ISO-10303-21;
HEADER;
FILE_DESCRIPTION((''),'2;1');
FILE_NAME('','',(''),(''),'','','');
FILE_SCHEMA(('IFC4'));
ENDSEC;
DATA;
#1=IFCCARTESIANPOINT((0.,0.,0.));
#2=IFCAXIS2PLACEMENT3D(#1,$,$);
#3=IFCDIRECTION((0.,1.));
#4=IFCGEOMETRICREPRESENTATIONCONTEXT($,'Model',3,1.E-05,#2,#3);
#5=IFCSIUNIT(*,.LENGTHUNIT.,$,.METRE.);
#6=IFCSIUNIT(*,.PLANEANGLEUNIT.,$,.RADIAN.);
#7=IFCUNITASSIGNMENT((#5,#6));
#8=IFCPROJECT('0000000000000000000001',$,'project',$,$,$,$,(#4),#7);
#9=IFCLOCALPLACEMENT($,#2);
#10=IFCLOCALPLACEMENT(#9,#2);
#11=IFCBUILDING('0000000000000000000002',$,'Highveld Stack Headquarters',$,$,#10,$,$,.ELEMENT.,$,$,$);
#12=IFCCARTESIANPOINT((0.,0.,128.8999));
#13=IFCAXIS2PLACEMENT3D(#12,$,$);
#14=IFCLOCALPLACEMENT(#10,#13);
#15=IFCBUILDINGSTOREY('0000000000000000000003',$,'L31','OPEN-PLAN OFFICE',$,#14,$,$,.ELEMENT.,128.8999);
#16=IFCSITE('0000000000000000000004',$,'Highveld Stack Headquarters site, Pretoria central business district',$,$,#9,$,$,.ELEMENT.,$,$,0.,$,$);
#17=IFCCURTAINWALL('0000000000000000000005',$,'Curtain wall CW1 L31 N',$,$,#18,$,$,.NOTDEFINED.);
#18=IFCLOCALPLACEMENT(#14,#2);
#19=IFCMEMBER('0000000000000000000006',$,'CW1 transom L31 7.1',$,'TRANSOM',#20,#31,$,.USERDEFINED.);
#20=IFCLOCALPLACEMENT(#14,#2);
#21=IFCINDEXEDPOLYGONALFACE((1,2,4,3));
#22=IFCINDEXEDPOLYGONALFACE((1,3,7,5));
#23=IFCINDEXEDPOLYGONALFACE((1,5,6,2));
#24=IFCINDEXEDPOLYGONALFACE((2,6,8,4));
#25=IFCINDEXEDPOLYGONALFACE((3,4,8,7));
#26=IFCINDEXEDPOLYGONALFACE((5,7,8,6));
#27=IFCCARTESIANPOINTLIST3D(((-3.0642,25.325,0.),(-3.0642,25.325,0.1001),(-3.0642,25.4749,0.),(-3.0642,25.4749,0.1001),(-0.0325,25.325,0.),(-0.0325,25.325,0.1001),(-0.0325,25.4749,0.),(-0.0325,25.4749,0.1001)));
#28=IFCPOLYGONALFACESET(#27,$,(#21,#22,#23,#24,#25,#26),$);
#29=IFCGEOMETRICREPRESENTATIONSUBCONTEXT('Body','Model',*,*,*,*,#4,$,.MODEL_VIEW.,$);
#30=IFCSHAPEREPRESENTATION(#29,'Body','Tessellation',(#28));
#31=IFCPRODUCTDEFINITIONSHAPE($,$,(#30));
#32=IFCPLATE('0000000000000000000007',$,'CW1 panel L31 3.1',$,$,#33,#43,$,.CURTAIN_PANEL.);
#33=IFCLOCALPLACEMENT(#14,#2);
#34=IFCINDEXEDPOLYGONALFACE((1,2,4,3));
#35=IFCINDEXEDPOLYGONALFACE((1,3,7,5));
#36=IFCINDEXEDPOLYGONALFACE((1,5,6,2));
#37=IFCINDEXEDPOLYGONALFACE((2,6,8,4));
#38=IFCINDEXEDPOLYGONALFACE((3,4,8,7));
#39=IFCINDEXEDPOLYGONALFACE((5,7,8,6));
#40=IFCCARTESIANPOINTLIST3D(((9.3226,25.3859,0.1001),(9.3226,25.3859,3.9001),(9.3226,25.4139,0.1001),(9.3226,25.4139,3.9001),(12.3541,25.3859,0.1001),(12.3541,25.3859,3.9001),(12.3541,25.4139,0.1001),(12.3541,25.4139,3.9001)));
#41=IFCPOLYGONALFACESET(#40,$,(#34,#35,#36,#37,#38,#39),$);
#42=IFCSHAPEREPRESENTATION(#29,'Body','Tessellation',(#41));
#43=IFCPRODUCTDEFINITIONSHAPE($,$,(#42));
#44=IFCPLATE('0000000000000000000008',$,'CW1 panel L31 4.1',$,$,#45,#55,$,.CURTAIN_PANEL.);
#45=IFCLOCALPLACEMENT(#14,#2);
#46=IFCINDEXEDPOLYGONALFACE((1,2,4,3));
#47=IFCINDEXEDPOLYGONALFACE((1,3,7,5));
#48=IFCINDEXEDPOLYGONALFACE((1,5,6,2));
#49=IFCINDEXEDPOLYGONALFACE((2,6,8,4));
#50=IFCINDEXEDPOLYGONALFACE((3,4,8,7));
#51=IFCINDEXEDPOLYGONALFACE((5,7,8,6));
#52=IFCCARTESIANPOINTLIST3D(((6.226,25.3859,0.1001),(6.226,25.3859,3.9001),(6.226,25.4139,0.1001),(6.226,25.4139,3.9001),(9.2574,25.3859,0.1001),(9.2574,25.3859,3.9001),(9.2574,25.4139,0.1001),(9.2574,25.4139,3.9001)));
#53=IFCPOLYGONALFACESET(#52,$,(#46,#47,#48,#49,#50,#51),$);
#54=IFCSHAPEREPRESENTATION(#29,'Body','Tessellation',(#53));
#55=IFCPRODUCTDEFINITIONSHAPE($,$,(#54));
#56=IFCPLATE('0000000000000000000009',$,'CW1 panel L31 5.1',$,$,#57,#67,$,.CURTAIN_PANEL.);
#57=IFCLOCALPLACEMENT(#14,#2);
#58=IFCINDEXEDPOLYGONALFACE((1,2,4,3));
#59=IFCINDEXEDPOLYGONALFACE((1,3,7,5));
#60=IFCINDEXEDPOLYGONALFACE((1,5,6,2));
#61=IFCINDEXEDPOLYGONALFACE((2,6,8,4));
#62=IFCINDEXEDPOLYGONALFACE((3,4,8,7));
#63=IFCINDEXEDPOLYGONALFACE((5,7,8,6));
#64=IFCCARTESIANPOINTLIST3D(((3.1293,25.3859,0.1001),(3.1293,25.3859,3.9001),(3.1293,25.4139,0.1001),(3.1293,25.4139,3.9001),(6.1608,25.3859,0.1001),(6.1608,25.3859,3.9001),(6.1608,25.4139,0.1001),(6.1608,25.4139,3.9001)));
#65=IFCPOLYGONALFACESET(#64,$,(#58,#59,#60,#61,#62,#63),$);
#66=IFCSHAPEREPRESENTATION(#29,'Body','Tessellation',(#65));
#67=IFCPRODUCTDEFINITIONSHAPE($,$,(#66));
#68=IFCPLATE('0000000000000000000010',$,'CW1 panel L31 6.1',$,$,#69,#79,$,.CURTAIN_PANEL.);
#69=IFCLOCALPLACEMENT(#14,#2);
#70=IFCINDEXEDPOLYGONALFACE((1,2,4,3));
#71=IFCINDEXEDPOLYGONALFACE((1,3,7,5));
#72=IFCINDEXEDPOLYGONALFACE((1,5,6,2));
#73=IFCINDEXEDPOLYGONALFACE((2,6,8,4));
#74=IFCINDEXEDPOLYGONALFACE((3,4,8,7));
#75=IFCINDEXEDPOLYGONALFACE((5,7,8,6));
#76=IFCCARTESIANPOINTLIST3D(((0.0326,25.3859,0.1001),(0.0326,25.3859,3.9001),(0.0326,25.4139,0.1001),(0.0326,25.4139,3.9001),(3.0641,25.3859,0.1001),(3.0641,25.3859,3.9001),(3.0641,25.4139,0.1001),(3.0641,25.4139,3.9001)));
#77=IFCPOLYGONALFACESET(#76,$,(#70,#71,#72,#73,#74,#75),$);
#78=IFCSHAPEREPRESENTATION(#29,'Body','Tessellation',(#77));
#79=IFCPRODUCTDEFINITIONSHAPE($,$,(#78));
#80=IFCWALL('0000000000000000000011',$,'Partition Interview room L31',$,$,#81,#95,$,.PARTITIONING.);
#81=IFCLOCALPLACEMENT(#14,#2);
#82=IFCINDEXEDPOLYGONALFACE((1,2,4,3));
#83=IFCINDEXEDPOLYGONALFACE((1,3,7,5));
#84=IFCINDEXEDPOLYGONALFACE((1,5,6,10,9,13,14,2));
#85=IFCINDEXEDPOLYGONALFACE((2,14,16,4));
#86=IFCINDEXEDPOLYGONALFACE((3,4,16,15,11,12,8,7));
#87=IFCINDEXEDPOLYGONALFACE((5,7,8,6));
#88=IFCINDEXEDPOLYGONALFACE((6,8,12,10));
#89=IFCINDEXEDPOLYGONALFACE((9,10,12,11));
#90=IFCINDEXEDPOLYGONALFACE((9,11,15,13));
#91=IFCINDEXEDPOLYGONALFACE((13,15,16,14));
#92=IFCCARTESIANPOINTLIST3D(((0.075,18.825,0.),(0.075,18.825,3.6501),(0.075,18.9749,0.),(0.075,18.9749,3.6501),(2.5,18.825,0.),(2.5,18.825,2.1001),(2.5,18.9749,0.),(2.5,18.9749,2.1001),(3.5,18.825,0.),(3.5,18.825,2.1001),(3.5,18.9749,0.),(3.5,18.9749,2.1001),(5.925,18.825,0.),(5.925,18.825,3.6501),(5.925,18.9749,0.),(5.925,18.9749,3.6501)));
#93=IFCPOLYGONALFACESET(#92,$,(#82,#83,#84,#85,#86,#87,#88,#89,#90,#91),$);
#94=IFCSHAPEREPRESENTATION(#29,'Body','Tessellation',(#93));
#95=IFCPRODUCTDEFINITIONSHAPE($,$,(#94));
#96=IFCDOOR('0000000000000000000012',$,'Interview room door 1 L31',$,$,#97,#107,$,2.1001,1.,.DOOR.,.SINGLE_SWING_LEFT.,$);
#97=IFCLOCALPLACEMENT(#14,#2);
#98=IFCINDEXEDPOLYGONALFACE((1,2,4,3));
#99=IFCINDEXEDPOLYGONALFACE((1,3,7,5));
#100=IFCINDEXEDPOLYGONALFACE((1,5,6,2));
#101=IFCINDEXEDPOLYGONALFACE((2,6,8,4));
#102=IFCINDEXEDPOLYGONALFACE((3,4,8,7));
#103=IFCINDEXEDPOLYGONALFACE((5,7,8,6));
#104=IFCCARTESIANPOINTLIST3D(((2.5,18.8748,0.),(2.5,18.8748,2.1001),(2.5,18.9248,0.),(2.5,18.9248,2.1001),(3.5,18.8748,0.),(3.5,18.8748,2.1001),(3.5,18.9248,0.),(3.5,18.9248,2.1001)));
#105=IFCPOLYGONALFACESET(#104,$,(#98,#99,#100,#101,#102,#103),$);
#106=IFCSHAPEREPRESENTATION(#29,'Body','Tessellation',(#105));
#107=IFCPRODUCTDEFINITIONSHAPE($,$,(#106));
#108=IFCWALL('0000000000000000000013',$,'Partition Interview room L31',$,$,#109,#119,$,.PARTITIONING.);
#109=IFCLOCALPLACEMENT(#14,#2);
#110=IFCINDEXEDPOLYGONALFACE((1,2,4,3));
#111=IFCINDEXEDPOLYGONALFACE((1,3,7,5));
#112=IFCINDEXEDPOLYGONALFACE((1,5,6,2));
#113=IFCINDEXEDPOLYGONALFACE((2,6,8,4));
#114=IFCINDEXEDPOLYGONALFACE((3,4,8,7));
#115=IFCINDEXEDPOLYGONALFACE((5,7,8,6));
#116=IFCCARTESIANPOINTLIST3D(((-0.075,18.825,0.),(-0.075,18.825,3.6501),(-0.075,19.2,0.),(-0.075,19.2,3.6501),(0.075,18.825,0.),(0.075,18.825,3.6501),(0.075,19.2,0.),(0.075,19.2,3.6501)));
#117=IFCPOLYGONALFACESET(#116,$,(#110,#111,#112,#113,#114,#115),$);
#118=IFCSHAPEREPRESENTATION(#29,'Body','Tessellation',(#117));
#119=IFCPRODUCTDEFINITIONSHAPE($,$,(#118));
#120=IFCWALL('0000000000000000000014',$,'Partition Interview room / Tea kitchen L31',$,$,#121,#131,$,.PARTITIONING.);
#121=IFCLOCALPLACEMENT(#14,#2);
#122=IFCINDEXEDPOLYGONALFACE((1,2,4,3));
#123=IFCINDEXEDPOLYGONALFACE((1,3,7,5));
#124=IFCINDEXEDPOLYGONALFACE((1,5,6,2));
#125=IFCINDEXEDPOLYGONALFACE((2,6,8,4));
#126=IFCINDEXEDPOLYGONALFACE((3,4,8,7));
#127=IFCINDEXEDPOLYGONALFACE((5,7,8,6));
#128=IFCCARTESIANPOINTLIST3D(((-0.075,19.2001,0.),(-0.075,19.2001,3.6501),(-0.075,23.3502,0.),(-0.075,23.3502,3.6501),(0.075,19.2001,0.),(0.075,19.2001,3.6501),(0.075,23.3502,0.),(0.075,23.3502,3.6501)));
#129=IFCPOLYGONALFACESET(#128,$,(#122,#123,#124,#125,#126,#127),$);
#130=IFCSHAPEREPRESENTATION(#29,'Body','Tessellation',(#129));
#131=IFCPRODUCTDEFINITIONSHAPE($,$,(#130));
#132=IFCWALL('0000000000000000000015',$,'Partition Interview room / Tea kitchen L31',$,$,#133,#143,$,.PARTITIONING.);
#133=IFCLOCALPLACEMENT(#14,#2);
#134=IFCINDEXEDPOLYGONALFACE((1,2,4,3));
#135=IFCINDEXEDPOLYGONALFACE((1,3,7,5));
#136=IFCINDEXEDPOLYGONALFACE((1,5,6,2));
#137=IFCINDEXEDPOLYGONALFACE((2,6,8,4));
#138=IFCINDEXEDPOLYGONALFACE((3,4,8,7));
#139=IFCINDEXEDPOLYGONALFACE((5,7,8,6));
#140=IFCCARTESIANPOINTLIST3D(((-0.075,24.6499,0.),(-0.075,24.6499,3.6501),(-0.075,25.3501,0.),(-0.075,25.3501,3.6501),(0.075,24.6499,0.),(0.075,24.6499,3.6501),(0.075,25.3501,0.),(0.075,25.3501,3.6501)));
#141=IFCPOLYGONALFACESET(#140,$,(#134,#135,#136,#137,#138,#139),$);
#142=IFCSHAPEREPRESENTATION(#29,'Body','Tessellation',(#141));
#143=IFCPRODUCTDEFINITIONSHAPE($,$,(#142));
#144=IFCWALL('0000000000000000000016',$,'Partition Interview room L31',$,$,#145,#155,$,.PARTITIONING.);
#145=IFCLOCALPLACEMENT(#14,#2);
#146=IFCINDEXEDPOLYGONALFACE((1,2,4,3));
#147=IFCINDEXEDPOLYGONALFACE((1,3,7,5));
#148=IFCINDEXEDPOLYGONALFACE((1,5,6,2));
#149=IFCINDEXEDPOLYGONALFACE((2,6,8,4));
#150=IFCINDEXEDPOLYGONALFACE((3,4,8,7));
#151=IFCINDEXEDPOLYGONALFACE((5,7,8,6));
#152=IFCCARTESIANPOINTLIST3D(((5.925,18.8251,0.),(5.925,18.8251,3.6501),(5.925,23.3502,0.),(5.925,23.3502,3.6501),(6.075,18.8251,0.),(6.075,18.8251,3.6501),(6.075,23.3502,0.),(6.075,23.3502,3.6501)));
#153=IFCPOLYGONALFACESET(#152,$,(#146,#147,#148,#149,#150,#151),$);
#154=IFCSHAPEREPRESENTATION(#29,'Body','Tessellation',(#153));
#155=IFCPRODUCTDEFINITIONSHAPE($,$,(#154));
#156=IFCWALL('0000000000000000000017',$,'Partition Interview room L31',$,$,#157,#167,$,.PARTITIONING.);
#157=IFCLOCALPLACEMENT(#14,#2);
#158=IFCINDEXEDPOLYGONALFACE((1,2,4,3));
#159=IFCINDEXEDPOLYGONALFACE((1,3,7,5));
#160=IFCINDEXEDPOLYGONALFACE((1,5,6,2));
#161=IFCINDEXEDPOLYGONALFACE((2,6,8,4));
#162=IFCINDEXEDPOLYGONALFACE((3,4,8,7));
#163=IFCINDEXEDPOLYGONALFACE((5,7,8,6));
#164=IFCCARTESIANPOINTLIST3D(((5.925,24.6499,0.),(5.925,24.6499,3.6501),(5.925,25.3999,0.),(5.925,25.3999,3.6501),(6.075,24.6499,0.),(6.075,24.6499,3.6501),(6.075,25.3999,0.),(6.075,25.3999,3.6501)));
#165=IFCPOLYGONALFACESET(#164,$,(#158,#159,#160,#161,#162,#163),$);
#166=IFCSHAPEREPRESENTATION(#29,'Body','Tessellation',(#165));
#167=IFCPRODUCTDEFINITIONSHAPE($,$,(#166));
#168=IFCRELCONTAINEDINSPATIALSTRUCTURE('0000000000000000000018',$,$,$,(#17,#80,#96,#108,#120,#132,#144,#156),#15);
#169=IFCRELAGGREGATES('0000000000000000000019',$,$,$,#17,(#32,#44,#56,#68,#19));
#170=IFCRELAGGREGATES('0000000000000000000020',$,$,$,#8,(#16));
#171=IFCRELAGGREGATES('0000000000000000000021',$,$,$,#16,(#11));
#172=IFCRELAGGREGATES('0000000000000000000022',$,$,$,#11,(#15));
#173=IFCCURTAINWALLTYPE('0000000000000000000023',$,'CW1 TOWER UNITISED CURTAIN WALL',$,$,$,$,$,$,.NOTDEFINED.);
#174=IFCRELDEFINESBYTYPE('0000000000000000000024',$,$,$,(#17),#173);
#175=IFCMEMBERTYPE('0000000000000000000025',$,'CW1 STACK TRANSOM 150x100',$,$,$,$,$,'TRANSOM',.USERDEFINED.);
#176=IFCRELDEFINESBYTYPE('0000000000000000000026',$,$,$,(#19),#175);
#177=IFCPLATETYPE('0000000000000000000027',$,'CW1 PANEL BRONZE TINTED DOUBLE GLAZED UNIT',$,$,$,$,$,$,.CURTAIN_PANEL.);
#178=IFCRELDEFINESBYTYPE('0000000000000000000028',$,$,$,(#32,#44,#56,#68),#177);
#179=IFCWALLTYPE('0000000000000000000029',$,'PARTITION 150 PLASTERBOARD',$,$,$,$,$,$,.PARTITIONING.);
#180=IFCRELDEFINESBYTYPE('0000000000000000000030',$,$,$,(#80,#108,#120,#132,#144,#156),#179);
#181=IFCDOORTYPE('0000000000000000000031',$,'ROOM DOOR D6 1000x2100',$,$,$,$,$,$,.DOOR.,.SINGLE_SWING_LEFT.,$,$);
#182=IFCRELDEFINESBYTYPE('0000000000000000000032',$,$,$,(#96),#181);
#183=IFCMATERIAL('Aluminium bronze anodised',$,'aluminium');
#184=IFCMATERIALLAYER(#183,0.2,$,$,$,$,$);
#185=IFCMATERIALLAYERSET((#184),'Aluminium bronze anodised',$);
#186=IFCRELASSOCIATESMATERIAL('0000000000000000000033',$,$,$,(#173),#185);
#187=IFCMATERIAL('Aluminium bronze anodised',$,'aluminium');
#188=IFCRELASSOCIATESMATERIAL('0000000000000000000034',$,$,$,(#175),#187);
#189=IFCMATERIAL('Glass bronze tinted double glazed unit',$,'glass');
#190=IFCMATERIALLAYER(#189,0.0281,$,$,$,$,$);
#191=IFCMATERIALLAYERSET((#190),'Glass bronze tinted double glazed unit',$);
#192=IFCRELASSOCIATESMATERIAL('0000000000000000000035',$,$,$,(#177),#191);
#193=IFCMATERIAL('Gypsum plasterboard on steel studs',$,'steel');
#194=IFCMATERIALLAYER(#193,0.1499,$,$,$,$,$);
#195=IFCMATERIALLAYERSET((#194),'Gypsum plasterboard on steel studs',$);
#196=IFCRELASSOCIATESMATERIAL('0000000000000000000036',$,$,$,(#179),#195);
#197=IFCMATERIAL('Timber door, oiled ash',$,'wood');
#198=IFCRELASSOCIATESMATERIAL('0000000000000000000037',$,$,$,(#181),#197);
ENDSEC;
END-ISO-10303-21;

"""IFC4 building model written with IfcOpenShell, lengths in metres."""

from ifc_helpers import new_model, si_unit, direction, frame, frame_2d, origin, origin_2d, place, context, subcontext, project, spatial, rectangle, extrude, material, layer, layer_set, material_profile, profile_set, type_object, element, fill, aggregate, save


model = new_model("IFC4")

# Units and contexts
model_context = context("Model", 3, precision=1e-05, world=origin(), true_north=direction((0.0, 1.0)))
body_context = subcontext(model_context, "Body", "Model", "MODEL_VIEW")
ifc_project = project(units=[si_unit("LENGTHUNIT", "METRE"), si_unit("PLANEANGLEUNIT", "RADIAN")], contexts=[model_context])

# Site, building, storey
site_placement = place(None, origin())
site = spatial("IfcSite", under=ifc_project, at=site_placement, Name="Highveld Stack Headquarters site, Pretoria central business district", CompositionType="ELEMENT", RefElevation=0.0)
building_placement = place(site_placement, origin())
building = spatial("IfcBuilding", under=site, at=building_placement, Name="Highveld Stack Headquarters", CompositionType="ELEMENT")
storey_placement = place(building_placement, frame((0.0, 0.0, 128.8999)))
storey = spatial("IfcBuildingStorey", under=building, at=storey_placement, Name="L31", Description="OPEN-PLAN OFFICE", CompositionType="ELEMENT", Elevation=128.8999)

# Curtain wall, member, plates
ifc_material_1 = material(Name="Aluminium bronze anodised", Category="aluminium")
ifc_layer_1 = layer(ifc_material_1, 0.2)
ifc_layer_set_1 = layer_set([ifc_layer_1], Name="Aluminium bronze anodised")
curtain_wall_type = type_object("IfcCurtainWallType", Name="CW1 TOWER UNITISED CURTAIN WALL", PredefinedType="NOTDEFINED", material=ifc_layer_set_1)
curtain_wall_placement = place(storey_placement, origin())
curtain_wall = element("IfcCurtainWall", 1, at=curtain_wall_placement, inside=storey, type_object=curtain_wall_type, Name="Curtain wall CW1 L31 N", PredefinedType="NOTDEFINED")
ifc_material_2 = material(Name="Aluminium bronze anodised", Category="aluminium")
ifc_material_profile_1 = material_profile(ifc_material_2, rectangle(XDim=0.1499, YDim=0.1001, at=origin_2d()), Name="CW1 TRANSOM 150x100")
ifc_profile_set_1 = profile_set([ifc_material_profile_1], Name="Aluminium bronze anodised")
member_type_1 = type_object("IfcMemberType", Name="CW1 STACK TRANSOM 150x100", ElementType="TRANSOM", PredefinedType="USERDEFINED", material=ifc_profile_set_1)
member_1_placement = place(storey_placement, frame((-0.0325, 25.3999, 0.05), z_axis=(-1.0, 0.0, 0.0), x_axis=(0.0, -1.0, 0.0)))
member_1 = element("IfcMember", 2, at=member_1_placement, type_object=member_type_1, Name="CW1 transom L31 7.1", ObjectType="TRANSOM", PredefinedType="USERDEFINED", context=body_context, shape_type="SweptSolid", body=[
    extrude(rectangle(XDim=0.1499, YDim=0.1001, at=origin_2d()), origin(), (0.0, 0.0, 1.0), 3.0317),
])
ifc_material_3 = material(Name="Glass bronze tinted double glazed unit", Category="glass")
ifc_layer_2 = layer(ifc_material_3, 0.0281)
ifc_layer_set_2 = layer_set([ifc_layer_2], Name="Glass bronze tinted double glazed unit")
plate_type = type_object("IfcPlateType", Name="CW1 PANEL BRONZE TINTED DOUBLE GLAZED UNIT", PredefinedType="CURTAIN_PANEL", material=ifc_layer_set_2)
plate_1_placement = place(storey_placement, frame((10.8384, 25.3999, 0.1001), z_axis=(0.0, 0.0, 1.0), x_axis=(-1.0, 0.0, 0.0)))
plate_1 = element("IfcPlate", 3, at=plate_1_placement, type_object=plate_type, Name="CW1 panel L31 3.1", PredefinedType="CURTAIN_PANEL", context=body_context, shape_type="SweptSolid", body=[
    extrude(rectangle(XDim=3.0315, YDim=0.0281, at=origin_2d()), origin(), (0.0, 0.0, 1.0), 3.8),
])
plate_2_placement = place(storey_placement, frame((7.7417, 25.3999, 0.1001), z_axis=(0.0, 0.0, 1.0), x_axis=(-1.0, 0.0, 0.0)))
plate_2 = element("IfcPlate", 4, at=plate_2_placement, type_object=plate_type, Name="CW1 panel L31 4.1", PredefinedType="CURTAIN_PANEL", context=body_context, shape_type="SweptSolid", body=[
    extrude(rectangle(XDim=3.0315, YDim=0.0281, at=origin_2d()), origin(), (0.0, 0.0, 1.0), 3.8),
])
plate_3_placement = place(storey_placement, frame((4.645, 25.3999, 0.1001), z_axis=(0.0, 0.0, 1.0), x_axis=(-1.0, 0.0, 0.0)))
plate_3 = element("IfcPlate", 5, at=plate_3_placement, type_object=plate_type, Name="CW1 panel L31 5.1", PredefinedType="CURTAIN_PANEL", context=body_context, shape_type="SweptSolid", body=[
    extrude(rectangle(XDim=3.0315, YDim=0.0281, at=origin_2d()), origin(), (0.0, 0.0, 1.0), 3.8),
])
plate_4_placement = place(storey_placement, frame((1.5483, 25.3999, 0.1001), z_axis=(0.0, 0.0, 1.0), x_axis=(-1.0, 0.0, 0.0)))
plate_4 = element("IfcPlate", 6, at=plate_4_placement, type_object=plate_type, Name="CW1 panel L31 6.1", PredefinedType="CURTAIN_PANEL", context=body_context, shape_type="SweptSolid", body=[
    extrude(rectangle(XDim=3.0315, YDim=0.0281, at=origin_2d()), origin(), (0.0, 0.0, 1.0), 3.8),
])
aggregate(curtain_wall, [plate_1, plate_2, plate_3, plate_4, member_1])

# Wall, opening, door
ifc_material_4 = material(Name="Gypsum plasterboard on steel studs", Category="steel")
ifc_layer_3 = layer(ifc_material_4, 0.1499)
ifc_layer_set_3 = layer_set([ifc_layer_3], Name="Gypsum plasterboard on steel studs")
wall_type = type_object("IfcWallType", Name="PARTITION 150 PLASTERBOARD", PredefinedType="PARTITIONING", material=ifc_layer_set_3)
wall_1_placement = place(storey_placement, frame((0.075, 18.8999, 0.0), z_axis=(0.0, 0.0, 1.0), x_axis=(1.0, 0.0, 0.0)))
wall_1 = element("IfcWall", 7, at=wall_1_placement, inside=storey, type_object=wall_type, Name="Partition Interview room L31", PredefinedType="PARTITIONING", context=body_context, shape_type="SweptSolid", body=[
    extrude(rectangle(XDim=5.8501, YDim=0.1499, at=frame_2d((2.925, 0.0))), origin(), (0.0, 0.0, 1.0), 3.6501),
])
opening_placement = place(wall_1_placement, frame((2.425, 0.0, 0.0)))
opening = element("IfcOpeningElement", 8, at=opening_placement, cuts=wall_1, PredefinedType="OPENING", context=body_context, shape_type="SweptSolid", body=[
    extrude(rectangle(XDim=1.0, YDim=2.1001, at=frame_2d((0.5, 1.05))), frame((0.0, 0.085, 0.0), z_axis=(0.0, -1.0, 0.0), x_axis=(1.0, 0.0, 0.0)), (0.0, 0.0, 1.0), 0.1699),
])
ifc_material_5 = material(Name="Timber door, oiled ash", Category="wood")
door_type = type_object("IfcDoorType", Name="ROOM DOOR D6 1000x2100", OperationType="SINGLE_SWING_LEFT", PredefinedType="DOOR", material=ifc_material_5)
door_placement = place(opening_placement, origin())
door = element("IfcDoor", 9, at=door_placement, inside=storey, type_object=door_type, Name="Interview room door 1 L31", OperationType="SINGLE_SWING_LEFT", OverallHeight=2.1001, OverallWidth=1.0, PredefinedType="DOOR", context=body_context, shape_type="SweptSolid", body=[
    extrude(rectangle(XDim=1.0, YDim=2.1001, at=frame_2d((0.5, 1.05))), frame((0.0, 0.0249, 0.0), z_axis=(0.0, -1.0, 0.0), x_axis=(1.0, 0.0, 0.0)), (0.0, 0.0, 1.0), 0.05),
])
fill(opening, door)

# Walls
wall_2_placement = place(storey_placement, frame((0.0, 18.825, 0.0), z_axis=(0.0, 0.0, 1.0), x_axis=(0.0, 1.0, 0.0)))
element("IfcWall", 10, at=wall_2_placement, inside=storey, type_object=wall_type, Name="Partition Interview room L31", PredefinedType="PARTITIONING", context=body_context, shape_type="SweptSolid", body=[
    extrude(rectangle(XDim=0.375, YDim=0.1499, at=frame_2d((0.1875, 0.0))), origin(), (0.0, 0.0, 1.0), 3.6501),
])
wall_3_placement = place(storey_placement, frame((0.0, 19.2, 0.0), z_axis=(0.0, 0.0, 1.0), x_axis=(0.0, 1.0, 0.0)))
element("IfcWall", 11, at=wall_3_placement, inside=storey, type_object=wall_type, Name="Partition Interview room / Tea kitchen L31", PredefinedType="PARTITIONING", context=body_context, shape_type="SweptSolid", body=[
    extrude(rectangle(XDim=4.1501, YDim=0.1499, at=frame_2d((2.0752, 0.0))), origin(), (0.0, 0.0, 1.0), 3.6501),
])
wall_4_placement = place(storey_placement, frame((0.0, 24.6499, 0.0), z_axis=(0.0, 0.0, 1.0), x_axis=(0.0, 1.0, 0.0)))
element("IfcWall", 12, at=wall_4_placement, inside=storey, type_object=wall_type, Name="Partition Interview room / Tea kitchen L31", PredefinedType="PARTITIONING", context=body_context, shape_type="SweptSolid", body=[
    extrude(rectangle(XDim=0.7002, YDim=0.1499, at=frame_2d((0.3501, 0.0))), origin(), (0.0, 0.0, 1.0), 3.6501),
])
wall_5_placement = place(storey_placement, frame((6.0, 18.825, 0.0), z_axis=(0.0, 0.0, 1.0), x_axis=(0.0, 1.0, 0.0)))
element("IfcWall", 13, at=wall_5_placement, inside=storey, type_object=wall_type, Name="Partition Interview room L31", PredefinedType="PARTITIONING", context=body_context, shape_type="SweptSolid", body=[
    extrude(rectangle(XDim=4.5251, YDim=0.1499, at=frame_2d((2.2627, 0.0))), origin(), (0.0, 0.0, 1.0), 3.6501),
])
wall_6_placement = place(storey_placement, frame((6.0, 24.6499, 0.0), z_axis=(0.0, 0.0, 1.0), x_axis=(0.0, 1.0, 0.0)))
element("IfcWall", 14, at=wall_6_placement, inside=storey, type_object=wall_type, Name="Partition Interview room L31", PredefinedType="PARTITIONING", context=body_context, shape_type="SweptSolid", body=[
    extrude(rectangle(XDim=0.75, YDim=0.1499, at=frame_2d((0.375, 0.0))), origin(), (0.0, 0.0, 1.0), 3.6501),
])

save(model, "model.ifc")
